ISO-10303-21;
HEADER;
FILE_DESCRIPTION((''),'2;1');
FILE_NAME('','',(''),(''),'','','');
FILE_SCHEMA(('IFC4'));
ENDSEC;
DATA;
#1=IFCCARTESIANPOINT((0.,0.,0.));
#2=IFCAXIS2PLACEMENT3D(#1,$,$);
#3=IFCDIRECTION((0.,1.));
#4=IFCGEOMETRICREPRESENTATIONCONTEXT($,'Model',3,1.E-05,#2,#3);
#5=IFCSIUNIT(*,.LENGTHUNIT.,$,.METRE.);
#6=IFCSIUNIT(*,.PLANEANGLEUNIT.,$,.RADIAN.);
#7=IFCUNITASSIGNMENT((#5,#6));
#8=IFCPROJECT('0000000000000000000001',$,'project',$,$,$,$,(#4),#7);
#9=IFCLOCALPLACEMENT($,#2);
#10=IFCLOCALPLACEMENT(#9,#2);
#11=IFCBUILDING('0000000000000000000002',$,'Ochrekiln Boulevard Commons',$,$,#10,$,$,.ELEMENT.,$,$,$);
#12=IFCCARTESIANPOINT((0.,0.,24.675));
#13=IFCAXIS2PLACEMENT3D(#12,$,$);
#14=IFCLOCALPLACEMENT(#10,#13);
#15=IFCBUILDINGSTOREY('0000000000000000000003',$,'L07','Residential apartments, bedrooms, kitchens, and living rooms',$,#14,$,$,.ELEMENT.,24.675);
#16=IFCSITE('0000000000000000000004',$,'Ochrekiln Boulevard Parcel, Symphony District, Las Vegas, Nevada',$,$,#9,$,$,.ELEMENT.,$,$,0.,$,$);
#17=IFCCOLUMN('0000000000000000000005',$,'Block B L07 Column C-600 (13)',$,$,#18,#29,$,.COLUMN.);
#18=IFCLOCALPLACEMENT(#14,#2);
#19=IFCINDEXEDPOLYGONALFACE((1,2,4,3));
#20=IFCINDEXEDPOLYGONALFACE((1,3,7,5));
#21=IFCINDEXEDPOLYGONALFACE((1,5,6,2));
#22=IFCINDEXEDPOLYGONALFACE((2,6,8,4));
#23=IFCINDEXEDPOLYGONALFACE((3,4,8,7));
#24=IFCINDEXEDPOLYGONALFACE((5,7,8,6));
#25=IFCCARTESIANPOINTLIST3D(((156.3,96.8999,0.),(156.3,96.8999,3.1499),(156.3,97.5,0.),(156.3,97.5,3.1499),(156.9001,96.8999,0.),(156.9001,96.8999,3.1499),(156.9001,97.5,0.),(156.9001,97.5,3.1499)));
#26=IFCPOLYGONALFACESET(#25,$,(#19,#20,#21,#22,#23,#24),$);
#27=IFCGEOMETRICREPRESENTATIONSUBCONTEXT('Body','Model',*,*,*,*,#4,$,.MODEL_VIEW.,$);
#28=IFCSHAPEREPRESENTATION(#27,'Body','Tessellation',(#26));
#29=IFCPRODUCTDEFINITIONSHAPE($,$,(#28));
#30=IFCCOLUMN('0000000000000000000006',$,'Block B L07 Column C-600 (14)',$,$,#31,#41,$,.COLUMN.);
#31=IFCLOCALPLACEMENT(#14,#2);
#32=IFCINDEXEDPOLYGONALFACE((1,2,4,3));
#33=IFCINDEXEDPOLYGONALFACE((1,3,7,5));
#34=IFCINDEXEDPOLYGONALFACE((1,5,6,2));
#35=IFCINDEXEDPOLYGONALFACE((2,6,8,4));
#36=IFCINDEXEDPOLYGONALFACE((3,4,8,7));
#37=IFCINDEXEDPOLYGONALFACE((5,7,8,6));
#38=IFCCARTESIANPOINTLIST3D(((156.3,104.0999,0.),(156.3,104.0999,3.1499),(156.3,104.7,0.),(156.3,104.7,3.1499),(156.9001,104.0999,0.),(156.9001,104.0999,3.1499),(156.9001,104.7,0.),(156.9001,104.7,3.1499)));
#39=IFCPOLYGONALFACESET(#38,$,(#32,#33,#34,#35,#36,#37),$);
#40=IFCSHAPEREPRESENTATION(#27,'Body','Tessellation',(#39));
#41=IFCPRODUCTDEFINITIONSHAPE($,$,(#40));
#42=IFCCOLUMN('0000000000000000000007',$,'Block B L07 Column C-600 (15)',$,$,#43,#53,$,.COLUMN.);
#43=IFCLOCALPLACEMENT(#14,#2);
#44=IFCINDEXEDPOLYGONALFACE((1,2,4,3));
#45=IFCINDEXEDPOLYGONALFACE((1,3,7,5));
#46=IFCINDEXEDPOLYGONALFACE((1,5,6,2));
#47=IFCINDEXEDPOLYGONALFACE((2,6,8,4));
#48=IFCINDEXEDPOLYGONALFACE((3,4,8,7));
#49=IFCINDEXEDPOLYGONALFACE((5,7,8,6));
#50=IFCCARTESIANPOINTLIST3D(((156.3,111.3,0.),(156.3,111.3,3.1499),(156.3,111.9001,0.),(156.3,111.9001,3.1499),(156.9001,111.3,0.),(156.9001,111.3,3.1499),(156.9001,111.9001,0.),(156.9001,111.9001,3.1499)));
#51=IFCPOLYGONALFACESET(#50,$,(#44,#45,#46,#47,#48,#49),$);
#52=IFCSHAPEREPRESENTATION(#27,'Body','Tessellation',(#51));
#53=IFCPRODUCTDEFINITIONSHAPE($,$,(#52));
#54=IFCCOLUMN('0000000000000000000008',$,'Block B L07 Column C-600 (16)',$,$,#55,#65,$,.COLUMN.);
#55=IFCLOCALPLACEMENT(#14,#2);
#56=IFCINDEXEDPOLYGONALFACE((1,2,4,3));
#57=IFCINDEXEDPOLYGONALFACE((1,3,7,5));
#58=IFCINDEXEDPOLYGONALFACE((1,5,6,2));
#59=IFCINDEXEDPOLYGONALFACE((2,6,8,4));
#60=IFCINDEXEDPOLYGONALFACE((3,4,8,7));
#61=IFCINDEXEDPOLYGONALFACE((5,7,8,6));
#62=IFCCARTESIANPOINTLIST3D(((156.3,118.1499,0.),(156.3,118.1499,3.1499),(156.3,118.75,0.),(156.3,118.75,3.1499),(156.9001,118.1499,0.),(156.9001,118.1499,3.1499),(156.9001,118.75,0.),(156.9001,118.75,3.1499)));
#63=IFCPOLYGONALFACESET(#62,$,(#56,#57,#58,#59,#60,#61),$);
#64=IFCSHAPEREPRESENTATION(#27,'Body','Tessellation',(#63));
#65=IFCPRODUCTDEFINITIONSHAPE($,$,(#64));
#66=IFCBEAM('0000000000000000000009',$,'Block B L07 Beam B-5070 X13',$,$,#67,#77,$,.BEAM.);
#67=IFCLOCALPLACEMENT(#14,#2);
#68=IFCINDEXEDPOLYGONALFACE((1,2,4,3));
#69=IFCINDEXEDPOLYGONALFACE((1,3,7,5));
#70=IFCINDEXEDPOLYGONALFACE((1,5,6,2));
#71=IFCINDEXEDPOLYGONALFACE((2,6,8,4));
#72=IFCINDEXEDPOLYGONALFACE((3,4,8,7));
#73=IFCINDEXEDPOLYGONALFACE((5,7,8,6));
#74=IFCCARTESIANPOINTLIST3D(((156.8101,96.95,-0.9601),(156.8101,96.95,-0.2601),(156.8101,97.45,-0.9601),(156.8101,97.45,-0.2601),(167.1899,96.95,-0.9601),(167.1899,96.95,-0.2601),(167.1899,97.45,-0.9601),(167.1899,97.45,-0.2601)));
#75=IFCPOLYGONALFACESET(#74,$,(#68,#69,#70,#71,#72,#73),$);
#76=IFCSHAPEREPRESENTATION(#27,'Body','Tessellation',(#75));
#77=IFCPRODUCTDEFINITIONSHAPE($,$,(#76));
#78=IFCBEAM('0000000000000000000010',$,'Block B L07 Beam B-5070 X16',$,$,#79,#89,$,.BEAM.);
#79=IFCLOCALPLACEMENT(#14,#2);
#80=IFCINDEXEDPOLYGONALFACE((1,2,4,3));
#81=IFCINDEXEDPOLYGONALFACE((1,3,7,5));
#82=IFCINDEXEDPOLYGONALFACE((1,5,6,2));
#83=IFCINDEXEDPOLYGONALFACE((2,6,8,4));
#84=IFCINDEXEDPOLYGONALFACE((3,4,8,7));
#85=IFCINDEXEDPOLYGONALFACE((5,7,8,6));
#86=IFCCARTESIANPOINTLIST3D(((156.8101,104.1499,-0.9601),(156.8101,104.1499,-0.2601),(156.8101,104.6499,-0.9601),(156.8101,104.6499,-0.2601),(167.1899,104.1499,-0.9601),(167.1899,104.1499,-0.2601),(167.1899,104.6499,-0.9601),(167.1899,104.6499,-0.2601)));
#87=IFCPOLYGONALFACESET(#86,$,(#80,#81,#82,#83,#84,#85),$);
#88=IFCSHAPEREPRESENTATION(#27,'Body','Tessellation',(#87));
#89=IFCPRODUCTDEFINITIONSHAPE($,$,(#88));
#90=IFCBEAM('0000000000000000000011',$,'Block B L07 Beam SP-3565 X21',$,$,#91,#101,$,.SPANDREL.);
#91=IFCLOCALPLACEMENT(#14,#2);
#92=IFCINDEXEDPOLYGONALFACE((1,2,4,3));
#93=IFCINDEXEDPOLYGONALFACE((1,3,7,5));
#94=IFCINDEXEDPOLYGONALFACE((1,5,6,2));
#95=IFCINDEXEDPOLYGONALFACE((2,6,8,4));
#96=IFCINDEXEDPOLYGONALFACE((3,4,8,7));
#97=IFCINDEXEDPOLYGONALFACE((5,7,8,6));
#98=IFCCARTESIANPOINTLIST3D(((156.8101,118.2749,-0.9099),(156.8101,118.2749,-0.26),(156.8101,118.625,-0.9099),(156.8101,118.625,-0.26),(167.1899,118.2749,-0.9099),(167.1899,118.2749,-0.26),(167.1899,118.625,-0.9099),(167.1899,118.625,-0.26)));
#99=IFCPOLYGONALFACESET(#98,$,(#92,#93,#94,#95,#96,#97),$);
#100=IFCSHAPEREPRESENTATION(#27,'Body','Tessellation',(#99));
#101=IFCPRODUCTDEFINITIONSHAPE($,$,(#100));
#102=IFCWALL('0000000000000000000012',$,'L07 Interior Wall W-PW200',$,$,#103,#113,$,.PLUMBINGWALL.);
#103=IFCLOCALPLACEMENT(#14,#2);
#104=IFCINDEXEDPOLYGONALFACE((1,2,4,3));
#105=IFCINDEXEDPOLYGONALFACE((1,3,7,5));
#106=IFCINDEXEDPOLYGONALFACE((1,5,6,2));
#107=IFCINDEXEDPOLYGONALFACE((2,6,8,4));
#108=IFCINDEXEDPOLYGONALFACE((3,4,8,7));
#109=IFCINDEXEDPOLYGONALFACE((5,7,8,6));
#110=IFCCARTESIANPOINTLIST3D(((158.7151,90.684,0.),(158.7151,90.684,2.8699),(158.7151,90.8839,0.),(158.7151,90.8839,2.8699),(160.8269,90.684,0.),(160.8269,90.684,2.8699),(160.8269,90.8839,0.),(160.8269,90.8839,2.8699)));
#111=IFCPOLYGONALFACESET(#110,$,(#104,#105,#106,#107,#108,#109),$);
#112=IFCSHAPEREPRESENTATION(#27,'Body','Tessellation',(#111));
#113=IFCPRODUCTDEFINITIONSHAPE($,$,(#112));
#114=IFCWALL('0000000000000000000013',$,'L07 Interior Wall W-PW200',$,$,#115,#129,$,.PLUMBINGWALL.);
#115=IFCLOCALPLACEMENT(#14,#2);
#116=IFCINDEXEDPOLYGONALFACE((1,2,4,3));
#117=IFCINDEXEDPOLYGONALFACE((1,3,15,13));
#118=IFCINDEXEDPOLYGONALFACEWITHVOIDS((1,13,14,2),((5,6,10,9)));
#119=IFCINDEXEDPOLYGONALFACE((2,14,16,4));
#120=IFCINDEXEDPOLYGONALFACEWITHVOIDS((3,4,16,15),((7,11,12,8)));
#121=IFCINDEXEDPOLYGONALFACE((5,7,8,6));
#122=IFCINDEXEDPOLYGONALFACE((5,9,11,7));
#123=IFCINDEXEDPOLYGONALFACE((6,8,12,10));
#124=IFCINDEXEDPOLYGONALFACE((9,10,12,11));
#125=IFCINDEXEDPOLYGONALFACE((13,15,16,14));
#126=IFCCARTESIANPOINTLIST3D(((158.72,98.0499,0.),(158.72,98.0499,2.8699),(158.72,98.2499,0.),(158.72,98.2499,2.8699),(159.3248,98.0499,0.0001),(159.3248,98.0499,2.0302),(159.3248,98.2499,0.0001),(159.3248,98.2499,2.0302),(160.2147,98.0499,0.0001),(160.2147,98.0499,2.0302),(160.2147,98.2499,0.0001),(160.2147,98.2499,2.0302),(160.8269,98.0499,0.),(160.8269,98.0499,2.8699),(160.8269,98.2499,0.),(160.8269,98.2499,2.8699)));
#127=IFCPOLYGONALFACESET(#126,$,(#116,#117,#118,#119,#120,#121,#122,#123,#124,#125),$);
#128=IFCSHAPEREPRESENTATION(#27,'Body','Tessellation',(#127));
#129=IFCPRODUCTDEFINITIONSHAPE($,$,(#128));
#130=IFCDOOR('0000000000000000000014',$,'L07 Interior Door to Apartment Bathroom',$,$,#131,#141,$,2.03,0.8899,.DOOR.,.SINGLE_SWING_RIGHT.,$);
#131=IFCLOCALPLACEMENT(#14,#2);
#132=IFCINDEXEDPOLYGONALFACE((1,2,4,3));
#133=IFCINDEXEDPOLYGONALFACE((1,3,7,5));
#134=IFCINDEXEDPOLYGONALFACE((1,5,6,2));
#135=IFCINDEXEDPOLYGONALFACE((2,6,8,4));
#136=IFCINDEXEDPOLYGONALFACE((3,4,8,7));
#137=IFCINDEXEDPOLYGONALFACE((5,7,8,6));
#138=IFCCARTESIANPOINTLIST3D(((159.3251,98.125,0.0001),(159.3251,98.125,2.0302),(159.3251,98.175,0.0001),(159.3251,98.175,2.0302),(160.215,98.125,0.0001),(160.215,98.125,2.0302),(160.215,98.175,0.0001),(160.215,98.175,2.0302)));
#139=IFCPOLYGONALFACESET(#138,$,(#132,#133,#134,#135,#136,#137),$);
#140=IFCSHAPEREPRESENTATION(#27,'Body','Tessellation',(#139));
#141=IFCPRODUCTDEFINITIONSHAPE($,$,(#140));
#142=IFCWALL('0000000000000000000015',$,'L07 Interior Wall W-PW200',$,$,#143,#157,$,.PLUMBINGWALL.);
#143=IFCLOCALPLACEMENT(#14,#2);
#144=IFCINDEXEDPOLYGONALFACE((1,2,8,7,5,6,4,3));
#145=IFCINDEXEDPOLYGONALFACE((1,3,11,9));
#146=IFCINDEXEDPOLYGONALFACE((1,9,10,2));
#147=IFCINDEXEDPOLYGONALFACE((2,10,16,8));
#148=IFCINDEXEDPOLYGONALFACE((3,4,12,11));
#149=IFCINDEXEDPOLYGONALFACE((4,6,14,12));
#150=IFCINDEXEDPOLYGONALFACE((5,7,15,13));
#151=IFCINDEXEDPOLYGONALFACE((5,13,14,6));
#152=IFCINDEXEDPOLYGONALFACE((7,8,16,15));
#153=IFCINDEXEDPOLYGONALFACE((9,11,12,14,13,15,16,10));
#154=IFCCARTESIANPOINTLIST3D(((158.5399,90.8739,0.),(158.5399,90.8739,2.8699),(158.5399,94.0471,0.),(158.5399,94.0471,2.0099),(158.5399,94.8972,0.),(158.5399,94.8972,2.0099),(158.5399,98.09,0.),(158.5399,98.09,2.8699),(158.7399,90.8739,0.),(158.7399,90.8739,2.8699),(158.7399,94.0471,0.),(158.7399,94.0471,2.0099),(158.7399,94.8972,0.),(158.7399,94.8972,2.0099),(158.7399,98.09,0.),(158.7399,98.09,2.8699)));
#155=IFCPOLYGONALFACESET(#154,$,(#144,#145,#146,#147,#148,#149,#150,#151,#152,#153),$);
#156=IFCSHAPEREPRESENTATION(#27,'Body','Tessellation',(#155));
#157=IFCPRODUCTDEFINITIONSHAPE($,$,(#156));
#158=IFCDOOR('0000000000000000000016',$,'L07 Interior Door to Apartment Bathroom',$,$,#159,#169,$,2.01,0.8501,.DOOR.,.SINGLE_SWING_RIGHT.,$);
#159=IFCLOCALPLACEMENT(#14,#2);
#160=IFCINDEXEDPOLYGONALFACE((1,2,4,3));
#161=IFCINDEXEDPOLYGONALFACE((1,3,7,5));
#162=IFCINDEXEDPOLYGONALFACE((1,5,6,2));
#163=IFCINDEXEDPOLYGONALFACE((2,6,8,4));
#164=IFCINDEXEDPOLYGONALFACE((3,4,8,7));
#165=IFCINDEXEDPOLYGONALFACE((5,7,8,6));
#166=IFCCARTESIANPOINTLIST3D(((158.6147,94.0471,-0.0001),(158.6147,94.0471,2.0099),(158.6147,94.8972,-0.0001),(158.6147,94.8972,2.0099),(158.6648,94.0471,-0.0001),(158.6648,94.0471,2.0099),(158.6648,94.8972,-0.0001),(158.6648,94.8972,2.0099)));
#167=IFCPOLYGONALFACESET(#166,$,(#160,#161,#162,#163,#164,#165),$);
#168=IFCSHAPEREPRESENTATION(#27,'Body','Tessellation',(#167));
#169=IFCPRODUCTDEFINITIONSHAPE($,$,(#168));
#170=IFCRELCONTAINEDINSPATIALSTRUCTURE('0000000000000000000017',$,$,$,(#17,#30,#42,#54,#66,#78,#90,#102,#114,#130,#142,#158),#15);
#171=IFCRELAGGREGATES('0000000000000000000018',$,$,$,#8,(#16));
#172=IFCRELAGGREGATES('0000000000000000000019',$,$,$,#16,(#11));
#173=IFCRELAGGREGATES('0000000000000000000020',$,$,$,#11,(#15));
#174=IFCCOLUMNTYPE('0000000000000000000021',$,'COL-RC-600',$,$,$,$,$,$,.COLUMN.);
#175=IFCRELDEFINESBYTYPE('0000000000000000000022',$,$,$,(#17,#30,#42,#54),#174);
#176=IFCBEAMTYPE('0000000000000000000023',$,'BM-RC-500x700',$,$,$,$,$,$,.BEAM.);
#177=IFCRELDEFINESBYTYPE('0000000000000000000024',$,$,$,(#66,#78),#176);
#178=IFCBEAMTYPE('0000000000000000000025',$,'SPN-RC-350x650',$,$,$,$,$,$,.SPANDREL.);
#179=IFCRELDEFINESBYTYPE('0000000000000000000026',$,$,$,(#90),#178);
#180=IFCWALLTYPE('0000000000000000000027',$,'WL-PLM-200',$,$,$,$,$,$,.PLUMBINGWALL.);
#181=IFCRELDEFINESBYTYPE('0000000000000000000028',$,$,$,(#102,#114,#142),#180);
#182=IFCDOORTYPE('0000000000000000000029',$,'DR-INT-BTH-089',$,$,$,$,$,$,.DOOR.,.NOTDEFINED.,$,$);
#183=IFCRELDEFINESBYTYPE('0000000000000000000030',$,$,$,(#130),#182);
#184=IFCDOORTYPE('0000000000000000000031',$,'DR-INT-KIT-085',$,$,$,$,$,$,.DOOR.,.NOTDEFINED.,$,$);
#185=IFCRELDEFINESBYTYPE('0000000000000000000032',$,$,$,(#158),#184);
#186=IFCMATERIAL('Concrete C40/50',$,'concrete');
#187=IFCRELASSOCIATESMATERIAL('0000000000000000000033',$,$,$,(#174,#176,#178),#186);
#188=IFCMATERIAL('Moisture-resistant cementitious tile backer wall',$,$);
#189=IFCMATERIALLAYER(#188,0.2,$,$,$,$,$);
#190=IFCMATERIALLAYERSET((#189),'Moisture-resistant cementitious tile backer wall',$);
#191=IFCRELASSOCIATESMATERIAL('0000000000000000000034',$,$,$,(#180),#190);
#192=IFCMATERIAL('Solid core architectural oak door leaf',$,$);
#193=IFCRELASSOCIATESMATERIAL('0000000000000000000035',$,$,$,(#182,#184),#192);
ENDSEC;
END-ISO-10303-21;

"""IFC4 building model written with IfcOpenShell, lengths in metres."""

from ifc_helpers import new_model, si_unit, direction, frame, frame_2d, origin, origin_2d, place, context, subcontext, project, spatial, rectangle, extrude, material, layer, layer_set, material_profile, profile_set, type_object, element, fill, save


model = new_model("IFC4")

# Units and contexts
model_context = context("Model", 3, precision=1e-05, world=origin(), true_north=direction((0.0, 1.0)))
body_context = subcontext(model_context, "Body", "Model", "MODEL_VIEW")
ifc_project = project(units=[si_unit("LENGTHUNIT", "METRE"), si_unit("PLANEANGLEUNIT", "RADIAN")], contexts=[model_context])

# Site, building, storey
site_placement = place(None, origin())
site = spatial("IfcSite", under=ifc_project, at=site_placement, Name="Ochrekiln Boulevard Parcel, Symphony District, Las Vegas, Nevada", CompositionType="ELEMENT", RefElevation=0.0)
building_placement = place(site_placement, origin())
building = spatial("IfcBuilding", under=site, at=building_placement, Name="Ochrekiln Boulevard Commons", CompositionType="ELEMENT")
storey_placement = place(building_placement, frame((0.0, 0.0, 24.675)))
storey = spatial("IfcBuildingStorey", under=building, at=storey_placement, Name="L07", Description="Residential apartments, bedrooms, kitchens, and living rooms", CompositionType="ELEMENT", Elevation=24.675)

# Columns
ifc_material_1 = material(Name="Concrete C40/50", Category="concrete")
ifc_material_profile_1 = material_profile(ifc_material_1, rectangle(XDim=0.6001, YDim=0.6001, at=origin_2d()), Name="RC-COL-600x600")
ifc_profile_set_1 = profile_set([ifc_material_profile_1], Name="Concrete C40/50")
column_type = type_object("IfcColumnType", Name="COL-RC-600", PredefinedType="COLUMN", material=ifc_profile_set_1)
for number, where, z_axis, x_axis, name in (
    (1, (156.6001, 97.2, 0.0), (0.0, 0.0, 1.0), (1.0, 0.0, 0.0), "Block B L07 Column C-600 (13)"),
    (2, (156.6001, 104.3999, 0.0), (0.0, 0.0, 1.0), (1.0, 0.0, 0.0), "Block B L07 Column C-600 (14)"),
    (3, (156.6001, 111.6001, 0.0), (0.0, 0.0, 1.0), (1.0, 0.0, 0.0), "Block B L07 Column C-600 (15)"),
    (4, (156.6001, 118.45, 0.0), (0.0, 0.0, 1.0), (1.0, 0.0, 0.0), "Block B L07 Column C-600 (16)"),
):
    element("IfcColumn", number, at=place(storey_placement, frame(where, z_axis=z_axis, x_axis=x_axis)), inside=storey, type_object=column_type, Name=name, PredefinedType="COLUMN", context=body_context, shape_type="SweptSolid", body=[
        extrude(rectangle(XDim=0.6001, YDim=0.6001, at=origin_2d()), origin(), (0.0, 0.0, 1.0), 3.1499),
    ])

# Beams
ifc_material_profile_2 = material_profile(ifc_material_1, rectangle(XDim=0.5, YDim=0.7, at=origin_2d()), Name="RC-BM-500x700")
ifc_profile_set_2 = profile_set([ifc_material_profile_2], Name="Concrete C40/50")
beam_type_1 = type_object("IfcBeamType", Name="BM-RC-500x700", PredefinedType="BEAM", material=ifc_profile_set_2)
for number, where, z_axis, x_axis, name in (
    (5, (156.8101, 97.2, -0.6101), (1.0, 0.0, 0.0), (0.0, 1.0, 0.0), "Block B L07 Beam B-5070 X13"),
    (6, (156.8101, 104.3999, -0.6101), (1.0, 0.0, 0.0), (0.0, 1.0, 0.0), "Block B L07 Beam B-5070 X16"),
):
    element("IfcBeam", number, at=place(storey_placement, frame(where, z_axis=z_axis, x_axis=x_axis)), inside=storey, type_object=beam_type_1, Name=name, PredefinedType="BEAM", context=body_context, shape_type="SweptSolid", body=[
        extrude(rectangle(XDim=0.5, YDim=0.7, at=origin_2d()), origin(), (0.0, 0.0, 1.0), 10.3799),
    ])
ifc_material_profile_3 = material_profile(ifc_material_1, rectangle(XDim=0.3501, YDim=0.6499, at=origin_2d()), Name="RC-SPN-350x650")
ifc_profile_set_3 = profile_set([ifc_material_profile_3], Name="Concrete C40/50")
beam_type_2 = type_object("IfcBeamType", Name="SPN-RC-350x650", PredefinedType="SPANDREL", material=ifc_profile_set_3)
beam_placement = place(storey_placement, frame((156.8101, 118.45, -0.585), z_axis=(1.0, 0.0, 0.0), x_axis=(0.0, 1.0, 0.0)))
element("IfcBeam", 7, at=beam_placement, inside=storey, type_object=beam_type_2, Name="Block B L07 Beam SP-3565 X21", PredefinedType="SPANDREL", context=body_context, shape_type="SweptSolid", body=[
    extrude(rectangle(XDim=0.3501, YDim=0.6499, at=origin_2d()), origin(), (0.0, 0.0, 1.0), 10.3799),
])

# Wall
ifc_material_2 = material(Name="Moisture-resistant cementitious tile backer wall")
ifc_layer_1 = layer(ifc_material_2, 0.2)
ifc_layer_set_1 = layer_set([ifc_layer_1], Name="Moisture-resistant cementitious tile backer wall")
wall_type_1 = type_object("IfcWallType", Name="WL-PLM-200", PredefinedType="PLUMBINGWALL", material=ifc_layer_set_1)
wall_1_placement = place(storey_placement, frame((158.7151, 90.7839, 0.0), z_axis=(0.0, 0.0, 1.0), x_axis=(1.0, 0.0, 0.0)))
element("IfcWall", 8, at=wall_1_placement, inside=storey, type_object=wall_type_1, Name="L07 Interior Wall W-PW200", PredefinedType="PLUMBINGWALL", context=body_context, shape_type="SweptSolid", body=[
    extrude(rectangle(XDim=2.1118, YDim=0.2, at=frame_2d((1.0559, 0.0))), origin(), (0.0, 0.0, 1.0), 2.8699),
])

# Walls, openings, doors
wall_2_placement = place(storey_placement, frame((158.72, 98.1499, 0.0), z_axis=(0.0, 0.0, 1.0), x_axis=(1.0, 0.0, 0.0)))
wall_2 = element("IfcWall", 9, at=wall_2_placement, inside=storey, type_object=wall_type_1, Name="L07 Interior Wall W-PW200", PredefinedType="PLUMBINGWALL", context=body_context, shape_type="SweptSolid", body=[
    extrude(rectangle(XDim=2.1069, YDim=0.2, at=frame_2d((1.0535, 0.0))), origin(), (0.0, 0.0, 1.0), 2.8699),
])
opening_1_placement = place(wall_2_placement, frame((0.605, 0.0, 0.0)))
opening_1 = element("IfcOpeningElement", 10, at=opening_1_placement, cuts=wall_2, PredefinedType="OPENING", context=body_context, shape_type="SweptSolid", body=[
    extrude(rectangle(XDim=0.8899, YDim=2.03, at=frame_2d((0.4448, 1.0151))), frame((0.0, 0.1099, 0.0), z_axis=(0.0, -1.0, 0.0), x_axis=(1.0, 0.0, 0.0)), (0.0, 0.0, 1.0), 0.22),
])
ifc_material_3 = material(Name="Solid core architectural oak door leaf")
door_type_1 = type_object("IfcDoorType", Name="DR-INT-BTH-089", OperationType="NOTDEFINED", PredefinedType="DOOR", material=ifc_material_3)
door_1_placement = place(opening_1_placement, frame((0.8899, 0.0, 0.0), z_axis=(0.0, 0.0, 1.0), x_axis=(-1.0, 0.0, 0.0)))
door_1 = element("IfcDoor", 11, at=door_1_placement, inside=storey, type_object=door_type_1, Name="L07 Interior Door to Apartment Bathroom", OperationType="SINGLE_SWING_RIGHT", OverallHeight=2.03, OverallWidth=0.8899, PredefinedType="DOOR", context=body_context, shape_type="SweptSolid", body=[
    extrude(rectangle(XDim=0.8899, YDim=2.03, at=frame_2d((0.4448, 1.0151))), frame((0.0, 0.0249, 0.0), z_axis=(0.0, -1.0, 0.0), x_axis=(1.0, 0.0, 0.0)), (0.0, 0.0, 1.0), 0.05),
])
fill(opening_1, door_1)
wall_3_placement = place(storey_placement, frame((158.6399, 90.874, 0.0), z_axis=(0.0, 0.0, 1.0), x_axis=(0.0, 1.0, 0.0)))
wall_3 = element("IfcWall", 12, at=wall_3_placement, inside=storey, type_object=wall_type_1, Name="L07 Interior Wall W-PW200", PredefinedType="PLUMBINGWALL", context=body_context, shape_type="SweptSolid", body=[
    extrude(rectangle(XDim=7.2161, YDim=0.2, at=frame_2d((3.6079, 0.0))), origin(), (0.0, 0.0, 1.0), 2.8699),
])
opening_2_placement = place(wall_3_placement, frame((3.1731, 0.0, 0.0)))
opening_2 = element("IfcOpeningElement", 13, at=opening_2_placement, cuts=wall_3, PredefinedType="OPENING", context=body_context, shape_type="SweptSolid", body=[
    extrude(rectangle(XDim=0.8501, YDim=2.01, at=frame_2d((0.425, 1.0049))), frame((0.0, 0.1099, 0.0), z_axis=(0.0, -1.0, 0.0), x_axis=(1.0, 0.0, 0.0)), (0.0, 0.0, 1.0), 0.22),
])
door_type_2 = type_object("IfcDoorType", Name="DR-INT-KIT-085", OperationType="NOTDEFINED", PredefinedType="DOOR", material=ifc_material_3)
door_2_placement = place(opening_2_placement, frame((0.8501, 0.0, 0.0), z_axis=(0.0, 0.0, 1.0), x_axis=(-1.0, 0.0, 0.0)))
door_2 = element("IfcDoor", 14, at=door_2_placement, inside=storey, type_object=door_type_2, Name="L07 Interior Door to Apartment Bathroom", OperationType="SINGLE_SWING_RIGHT", OverallHeight=2.01, OverallWidth=0.8501, PredefinedType="DOOR", context=body_context, shape_type="SweptSolid", body=[
    extrude(rectangle(XDim=0.8501, YDim=2.01, at=frame_2d((0.425, 1.0049))), frame((0.0, 0.0249, 0.0), z_axis=(0.0, -1.0, 0.0), x_axis=(1.0, 0.0, 0.0)), (0.0, 0.0, 1.0), 0.05),
])
fill(opening_2, door_2)

save(model, "model.ifc")
